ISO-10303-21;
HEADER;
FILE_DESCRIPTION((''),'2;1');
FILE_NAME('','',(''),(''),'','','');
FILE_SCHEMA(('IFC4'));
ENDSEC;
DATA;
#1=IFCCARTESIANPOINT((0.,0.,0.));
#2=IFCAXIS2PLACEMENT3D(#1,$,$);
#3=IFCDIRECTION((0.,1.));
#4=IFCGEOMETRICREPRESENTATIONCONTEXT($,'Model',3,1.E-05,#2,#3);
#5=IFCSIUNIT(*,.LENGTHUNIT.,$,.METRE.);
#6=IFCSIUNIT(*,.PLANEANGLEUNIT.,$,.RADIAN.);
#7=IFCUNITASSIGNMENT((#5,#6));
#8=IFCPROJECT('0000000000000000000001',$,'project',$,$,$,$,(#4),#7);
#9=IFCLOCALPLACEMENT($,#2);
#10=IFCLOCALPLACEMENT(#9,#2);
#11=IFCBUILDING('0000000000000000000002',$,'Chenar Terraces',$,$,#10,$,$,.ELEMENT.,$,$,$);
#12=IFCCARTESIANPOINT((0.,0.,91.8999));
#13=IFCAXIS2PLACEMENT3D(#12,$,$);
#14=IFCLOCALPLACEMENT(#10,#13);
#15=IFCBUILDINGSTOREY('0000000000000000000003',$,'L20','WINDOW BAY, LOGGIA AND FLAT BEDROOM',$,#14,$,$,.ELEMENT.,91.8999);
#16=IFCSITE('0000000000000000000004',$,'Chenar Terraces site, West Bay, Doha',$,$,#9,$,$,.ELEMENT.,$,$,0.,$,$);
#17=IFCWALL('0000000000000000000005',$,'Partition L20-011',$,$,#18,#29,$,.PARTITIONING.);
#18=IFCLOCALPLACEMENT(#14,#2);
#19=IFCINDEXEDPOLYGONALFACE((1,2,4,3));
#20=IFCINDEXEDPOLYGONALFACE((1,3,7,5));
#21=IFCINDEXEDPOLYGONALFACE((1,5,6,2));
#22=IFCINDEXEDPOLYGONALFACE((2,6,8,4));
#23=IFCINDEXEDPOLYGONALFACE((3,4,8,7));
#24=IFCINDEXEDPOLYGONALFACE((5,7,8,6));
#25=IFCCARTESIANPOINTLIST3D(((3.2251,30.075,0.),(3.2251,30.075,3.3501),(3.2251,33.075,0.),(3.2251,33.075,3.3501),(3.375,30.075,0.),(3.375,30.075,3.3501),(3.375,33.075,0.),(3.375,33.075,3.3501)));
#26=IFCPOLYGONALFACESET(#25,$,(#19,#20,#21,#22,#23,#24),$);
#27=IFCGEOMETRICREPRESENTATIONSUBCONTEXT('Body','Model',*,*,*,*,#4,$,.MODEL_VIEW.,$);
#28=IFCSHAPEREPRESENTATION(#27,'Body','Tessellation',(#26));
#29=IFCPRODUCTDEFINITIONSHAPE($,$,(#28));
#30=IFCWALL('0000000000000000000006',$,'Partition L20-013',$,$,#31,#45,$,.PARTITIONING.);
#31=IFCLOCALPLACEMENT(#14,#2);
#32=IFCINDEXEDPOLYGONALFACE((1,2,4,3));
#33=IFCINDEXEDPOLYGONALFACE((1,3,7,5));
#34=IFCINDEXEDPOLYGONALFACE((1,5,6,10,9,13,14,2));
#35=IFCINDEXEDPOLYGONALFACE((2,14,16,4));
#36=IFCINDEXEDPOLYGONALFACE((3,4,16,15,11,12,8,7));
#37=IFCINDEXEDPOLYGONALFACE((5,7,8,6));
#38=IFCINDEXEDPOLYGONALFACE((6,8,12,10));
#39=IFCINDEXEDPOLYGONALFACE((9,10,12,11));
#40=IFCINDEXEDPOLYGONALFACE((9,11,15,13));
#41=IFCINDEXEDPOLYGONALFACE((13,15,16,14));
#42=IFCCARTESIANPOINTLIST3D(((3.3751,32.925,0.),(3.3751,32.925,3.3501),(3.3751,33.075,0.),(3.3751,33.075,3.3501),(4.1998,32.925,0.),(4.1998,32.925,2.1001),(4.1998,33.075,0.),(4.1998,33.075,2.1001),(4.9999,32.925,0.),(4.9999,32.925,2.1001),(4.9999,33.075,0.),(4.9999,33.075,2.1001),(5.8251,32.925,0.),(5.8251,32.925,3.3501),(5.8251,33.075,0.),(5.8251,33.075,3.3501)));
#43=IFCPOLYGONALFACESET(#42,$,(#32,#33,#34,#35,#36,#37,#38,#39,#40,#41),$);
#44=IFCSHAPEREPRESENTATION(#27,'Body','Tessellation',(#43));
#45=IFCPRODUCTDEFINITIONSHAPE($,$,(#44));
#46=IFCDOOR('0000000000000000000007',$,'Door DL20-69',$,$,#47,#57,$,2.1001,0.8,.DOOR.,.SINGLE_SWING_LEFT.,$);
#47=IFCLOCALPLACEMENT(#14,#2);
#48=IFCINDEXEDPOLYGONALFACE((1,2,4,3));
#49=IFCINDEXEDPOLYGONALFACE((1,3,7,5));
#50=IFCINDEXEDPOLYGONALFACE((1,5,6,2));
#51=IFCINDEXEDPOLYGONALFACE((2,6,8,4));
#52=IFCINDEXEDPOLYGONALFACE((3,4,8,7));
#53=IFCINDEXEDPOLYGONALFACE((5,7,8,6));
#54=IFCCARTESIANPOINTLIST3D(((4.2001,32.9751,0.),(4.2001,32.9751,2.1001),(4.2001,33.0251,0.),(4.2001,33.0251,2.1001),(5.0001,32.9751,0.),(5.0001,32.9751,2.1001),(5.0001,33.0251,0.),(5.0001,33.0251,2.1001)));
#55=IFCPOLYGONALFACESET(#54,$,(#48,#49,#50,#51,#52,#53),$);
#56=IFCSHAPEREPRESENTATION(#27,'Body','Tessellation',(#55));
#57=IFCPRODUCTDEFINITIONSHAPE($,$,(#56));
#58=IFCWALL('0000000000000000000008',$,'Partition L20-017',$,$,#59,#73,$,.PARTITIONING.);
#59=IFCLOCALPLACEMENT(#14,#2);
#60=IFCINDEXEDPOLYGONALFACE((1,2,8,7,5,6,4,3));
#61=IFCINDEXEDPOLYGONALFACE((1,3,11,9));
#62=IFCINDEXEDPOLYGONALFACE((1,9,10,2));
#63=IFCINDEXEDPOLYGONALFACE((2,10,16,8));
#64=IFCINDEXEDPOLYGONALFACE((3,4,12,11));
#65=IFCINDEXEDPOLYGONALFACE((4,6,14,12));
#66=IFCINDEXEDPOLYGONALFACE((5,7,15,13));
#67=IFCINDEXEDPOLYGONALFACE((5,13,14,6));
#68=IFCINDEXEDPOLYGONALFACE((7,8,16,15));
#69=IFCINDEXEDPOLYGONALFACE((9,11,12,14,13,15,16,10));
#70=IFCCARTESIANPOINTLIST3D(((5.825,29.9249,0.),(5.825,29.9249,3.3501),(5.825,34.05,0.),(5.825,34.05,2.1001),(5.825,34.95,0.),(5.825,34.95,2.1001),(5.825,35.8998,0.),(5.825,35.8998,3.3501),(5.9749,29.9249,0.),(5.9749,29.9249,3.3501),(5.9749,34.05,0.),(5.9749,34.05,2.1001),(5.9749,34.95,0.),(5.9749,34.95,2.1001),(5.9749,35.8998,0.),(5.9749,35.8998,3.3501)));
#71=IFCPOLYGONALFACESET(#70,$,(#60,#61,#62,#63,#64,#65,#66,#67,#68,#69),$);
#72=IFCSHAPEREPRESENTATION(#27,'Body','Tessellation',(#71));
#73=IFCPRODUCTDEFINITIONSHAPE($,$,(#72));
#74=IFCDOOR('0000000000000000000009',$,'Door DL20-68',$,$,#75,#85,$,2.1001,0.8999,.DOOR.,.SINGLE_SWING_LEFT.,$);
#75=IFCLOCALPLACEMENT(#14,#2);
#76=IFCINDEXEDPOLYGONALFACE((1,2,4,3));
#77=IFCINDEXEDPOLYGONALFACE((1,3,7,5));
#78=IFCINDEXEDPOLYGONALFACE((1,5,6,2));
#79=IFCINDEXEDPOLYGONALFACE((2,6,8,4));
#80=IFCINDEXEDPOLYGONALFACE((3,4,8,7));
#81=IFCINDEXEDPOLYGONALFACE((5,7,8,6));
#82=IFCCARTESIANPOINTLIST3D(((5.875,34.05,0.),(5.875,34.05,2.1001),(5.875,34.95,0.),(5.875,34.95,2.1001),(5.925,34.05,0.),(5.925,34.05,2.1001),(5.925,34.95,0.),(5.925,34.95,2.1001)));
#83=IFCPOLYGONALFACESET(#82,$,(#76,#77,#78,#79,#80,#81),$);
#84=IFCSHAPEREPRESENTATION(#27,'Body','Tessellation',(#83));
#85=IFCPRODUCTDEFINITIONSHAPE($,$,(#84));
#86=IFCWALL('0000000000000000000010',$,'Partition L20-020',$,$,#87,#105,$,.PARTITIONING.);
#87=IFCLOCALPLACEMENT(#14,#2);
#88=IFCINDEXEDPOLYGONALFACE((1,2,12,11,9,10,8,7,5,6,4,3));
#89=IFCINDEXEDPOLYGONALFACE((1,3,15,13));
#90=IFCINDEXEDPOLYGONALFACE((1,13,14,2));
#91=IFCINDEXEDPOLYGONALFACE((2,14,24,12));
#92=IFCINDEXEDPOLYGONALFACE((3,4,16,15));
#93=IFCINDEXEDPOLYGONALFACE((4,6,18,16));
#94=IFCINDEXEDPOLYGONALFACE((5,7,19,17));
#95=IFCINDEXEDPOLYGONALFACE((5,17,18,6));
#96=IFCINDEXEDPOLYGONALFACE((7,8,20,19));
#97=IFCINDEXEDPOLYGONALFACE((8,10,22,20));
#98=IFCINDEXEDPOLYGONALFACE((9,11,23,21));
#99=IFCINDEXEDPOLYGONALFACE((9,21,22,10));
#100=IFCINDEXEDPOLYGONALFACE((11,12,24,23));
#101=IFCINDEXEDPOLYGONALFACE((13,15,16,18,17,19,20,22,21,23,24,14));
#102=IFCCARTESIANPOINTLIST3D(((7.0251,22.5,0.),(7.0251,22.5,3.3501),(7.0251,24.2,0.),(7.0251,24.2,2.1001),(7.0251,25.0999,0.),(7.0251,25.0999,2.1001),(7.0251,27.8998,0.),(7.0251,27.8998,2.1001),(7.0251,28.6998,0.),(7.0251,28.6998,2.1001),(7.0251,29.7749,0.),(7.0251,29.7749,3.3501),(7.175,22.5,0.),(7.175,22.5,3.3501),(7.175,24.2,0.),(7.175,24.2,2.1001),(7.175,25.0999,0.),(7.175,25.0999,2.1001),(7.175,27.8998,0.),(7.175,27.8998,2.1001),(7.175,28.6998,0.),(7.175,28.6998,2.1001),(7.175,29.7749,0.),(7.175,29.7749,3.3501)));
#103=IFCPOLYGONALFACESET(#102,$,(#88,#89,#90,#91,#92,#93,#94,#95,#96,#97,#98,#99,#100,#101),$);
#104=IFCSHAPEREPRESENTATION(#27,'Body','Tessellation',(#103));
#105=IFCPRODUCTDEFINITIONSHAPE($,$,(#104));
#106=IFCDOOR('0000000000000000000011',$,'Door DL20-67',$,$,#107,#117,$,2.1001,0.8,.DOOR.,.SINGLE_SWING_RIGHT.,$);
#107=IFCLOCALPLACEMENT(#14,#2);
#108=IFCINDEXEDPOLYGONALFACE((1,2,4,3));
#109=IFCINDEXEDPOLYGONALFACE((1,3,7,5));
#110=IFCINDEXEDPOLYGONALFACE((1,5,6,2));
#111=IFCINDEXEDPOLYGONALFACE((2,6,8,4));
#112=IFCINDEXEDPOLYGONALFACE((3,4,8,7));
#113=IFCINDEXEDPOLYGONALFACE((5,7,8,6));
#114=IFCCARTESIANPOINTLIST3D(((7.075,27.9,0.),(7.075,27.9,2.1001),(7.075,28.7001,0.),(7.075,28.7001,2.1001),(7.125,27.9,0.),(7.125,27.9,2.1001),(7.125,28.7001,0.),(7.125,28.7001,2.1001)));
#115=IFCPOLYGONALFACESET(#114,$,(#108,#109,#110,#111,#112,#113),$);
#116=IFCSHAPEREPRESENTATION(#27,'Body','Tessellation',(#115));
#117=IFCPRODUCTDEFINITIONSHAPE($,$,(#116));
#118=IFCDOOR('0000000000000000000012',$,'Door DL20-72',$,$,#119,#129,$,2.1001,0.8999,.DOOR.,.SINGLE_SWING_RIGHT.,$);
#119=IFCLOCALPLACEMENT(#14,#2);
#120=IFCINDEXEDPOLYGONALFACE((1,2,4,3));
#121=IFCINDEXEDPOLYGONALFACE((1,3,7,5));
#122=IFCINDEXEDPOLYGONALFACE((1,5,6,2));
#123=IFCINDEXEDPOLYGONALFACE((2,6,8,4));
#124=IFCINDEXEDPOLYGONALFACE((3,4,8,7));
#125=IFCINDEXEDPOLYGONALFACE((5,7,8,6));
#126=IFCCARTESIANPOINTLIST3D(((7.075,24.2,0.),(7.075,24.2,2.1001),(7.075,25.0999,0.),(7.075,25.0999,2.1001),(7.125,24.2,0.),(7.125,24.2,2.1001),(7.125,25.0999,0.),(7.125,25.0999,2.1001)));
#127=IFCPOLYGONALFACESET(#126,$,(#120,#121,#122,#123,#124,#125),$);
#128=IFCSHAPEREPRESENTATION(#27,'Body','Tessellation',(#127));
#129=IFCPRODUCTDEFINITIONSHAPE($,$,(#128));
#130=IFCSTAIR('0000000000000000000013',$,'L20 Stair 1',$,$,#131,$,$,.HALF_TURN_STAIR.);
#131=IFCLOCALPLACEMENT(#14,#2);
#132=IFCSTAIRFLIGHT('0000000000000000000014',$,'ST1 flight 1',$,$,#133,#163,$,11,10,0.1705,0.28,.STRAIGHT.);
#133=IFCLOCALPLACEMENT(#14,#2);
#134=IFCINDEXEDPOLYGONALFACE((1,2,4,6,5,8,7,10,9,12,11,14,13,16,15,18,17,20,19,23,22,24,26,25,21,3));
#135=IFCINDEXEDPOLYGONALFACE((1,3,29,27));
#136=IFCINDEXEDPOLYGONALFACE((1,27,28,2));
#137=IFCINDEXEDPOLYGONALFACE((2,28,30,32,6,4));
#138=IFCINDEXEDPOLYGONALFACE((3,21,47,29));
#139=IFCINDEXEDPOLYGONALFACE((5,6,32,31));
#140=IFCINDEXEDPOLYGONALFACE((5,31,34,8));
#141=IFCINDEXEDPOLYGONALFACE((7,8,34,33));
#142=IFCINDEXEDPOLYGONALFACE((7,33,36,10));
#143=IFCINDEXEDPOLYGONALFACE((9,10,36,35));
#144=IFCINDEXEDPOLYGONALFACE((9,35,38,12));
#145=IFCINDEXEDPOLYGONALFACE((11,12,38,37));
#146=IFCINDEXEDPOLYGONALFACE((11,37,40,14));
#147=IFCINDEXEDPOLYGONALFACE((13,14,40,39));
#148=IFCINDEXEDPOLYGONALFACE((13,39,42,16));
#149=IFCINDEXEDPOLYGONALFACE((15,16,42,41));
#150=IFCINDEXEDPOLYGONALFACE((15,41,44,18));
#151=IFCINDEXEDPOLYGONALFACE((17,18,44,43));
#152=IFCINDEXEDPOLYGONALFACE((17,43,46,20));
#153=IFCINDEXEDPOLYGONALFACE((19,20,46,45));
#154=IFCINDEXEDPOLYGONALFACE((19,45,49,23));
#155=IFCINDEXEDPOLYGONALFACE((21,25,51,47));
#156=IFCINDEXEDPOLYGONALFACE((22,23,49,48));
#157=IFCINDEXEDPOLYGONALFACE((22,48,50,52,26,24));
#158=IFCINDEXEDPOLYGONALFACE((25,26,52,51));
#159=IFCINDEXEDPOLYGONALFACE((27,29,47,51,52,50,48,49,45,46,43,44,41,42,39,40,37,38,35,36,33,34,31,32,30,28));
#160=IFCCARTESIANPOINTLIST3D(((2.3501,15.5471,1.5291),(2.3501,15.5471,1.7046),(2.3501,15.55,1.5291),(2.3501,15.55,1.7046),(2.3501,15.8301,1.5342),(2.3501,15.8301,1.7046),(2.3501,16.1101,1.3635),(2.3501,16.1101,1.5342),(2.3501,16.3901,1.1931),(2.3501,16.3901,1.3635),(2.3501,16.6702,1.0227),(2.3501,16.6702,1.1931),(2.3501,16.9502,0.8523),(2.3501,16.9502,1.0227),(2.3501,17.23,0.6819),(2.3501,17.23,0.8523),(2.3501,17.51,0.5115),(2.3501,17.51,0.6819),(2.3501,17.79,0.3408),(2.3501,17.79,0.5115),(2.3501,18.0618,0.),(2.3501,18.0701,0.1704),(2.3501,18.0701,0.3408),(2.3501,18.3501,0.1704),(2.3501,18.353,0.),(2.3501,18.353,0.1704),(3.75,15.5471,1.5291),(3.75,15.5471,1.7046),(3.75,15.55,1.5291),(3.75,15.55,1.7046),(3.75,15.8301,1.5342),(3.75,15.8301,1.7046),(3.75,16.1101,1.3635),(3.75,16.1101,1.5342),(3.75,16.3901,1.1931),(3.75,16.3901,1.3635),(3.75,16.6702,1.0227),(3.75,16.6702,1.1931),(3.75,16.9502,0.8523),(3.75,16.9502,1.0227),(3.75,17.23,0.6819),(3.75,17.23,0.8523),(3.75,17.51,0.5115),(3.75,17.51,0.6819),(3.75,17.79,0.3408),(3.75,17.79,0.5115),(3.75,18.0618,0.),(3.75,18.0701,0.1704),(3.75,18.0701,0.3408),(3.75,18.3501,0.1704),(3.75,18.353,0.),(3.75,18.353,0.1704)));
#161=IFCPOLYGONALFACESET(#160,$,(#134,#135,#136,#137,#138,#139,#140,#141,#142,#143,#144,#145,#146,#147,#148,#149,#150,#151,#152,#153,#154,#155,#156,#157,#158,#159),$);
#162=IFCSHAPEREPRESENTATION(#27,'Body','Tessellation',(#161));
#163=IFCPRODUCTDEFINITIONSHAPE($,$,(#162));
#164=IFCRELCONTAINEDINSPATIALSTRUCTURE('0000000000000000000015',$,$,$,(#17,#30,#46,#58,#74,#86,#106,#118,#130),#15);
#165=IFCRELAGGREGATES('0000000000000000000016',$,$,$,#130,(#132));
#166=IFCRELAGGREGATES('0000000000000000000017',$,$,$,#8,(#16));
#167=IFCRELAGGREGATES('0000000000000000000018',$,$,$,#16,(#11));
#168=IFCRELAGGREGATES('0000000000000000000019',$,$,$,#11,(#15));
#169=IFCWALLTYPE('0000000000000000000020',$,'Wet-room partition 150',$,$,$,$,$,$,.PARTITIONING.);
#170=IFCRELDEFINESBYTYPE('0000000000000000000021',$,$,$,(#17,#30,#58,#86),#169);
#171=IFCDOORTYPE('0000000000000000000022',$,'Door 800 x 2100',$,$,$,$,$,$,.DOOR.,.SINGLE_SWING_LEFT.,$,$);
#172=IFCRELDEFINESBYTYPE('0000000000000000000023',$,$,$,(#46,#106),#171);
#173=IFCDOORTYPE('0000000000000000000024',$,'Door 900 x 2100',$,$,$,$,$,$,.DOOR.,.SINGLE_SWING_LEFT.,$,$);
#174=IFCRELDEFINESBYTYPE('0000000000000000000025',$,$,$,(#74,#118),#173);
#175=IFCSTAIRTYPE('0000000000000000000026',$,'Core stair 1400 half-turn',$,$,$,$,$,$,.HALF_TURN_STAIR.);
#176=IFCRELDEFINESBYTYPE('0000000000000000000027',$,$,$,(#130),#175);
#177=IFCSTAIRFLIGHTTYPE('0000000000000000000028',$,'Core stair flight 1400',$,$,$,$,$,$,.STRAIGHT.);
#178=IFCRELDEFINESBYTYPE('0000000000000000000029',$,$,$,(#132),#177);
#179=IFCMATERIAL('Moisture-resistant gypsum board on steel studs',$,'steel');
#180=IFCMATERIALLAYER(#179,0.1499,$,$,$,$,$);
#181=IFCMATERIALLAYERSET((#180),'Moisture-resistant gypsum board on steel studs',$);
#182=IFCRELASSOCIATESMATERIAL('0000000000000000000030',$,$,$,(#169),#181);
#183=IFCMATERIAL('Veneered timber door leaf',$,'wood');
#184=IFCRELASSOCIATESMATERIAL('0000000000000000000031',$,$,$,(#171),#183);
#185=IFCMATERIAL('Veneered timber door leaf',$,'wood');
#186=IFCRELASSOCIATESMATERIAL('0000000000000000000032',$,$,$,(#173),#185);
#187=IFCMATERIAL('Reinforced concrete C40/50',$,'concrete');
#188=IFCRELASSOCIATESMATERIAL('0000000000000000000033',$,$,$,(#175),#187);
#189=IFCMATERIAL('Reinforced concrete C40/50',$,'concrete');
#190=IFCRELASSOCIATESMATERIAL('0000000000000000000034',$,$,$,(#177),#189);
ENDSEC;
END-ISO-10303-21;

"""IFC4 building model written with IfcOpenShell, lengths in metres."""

from ifc_helpers import new_model, si_unit, direction, frame, frame_2d, origin, place, context, subcontext, project, spatial, polyline, rectangle, outline, extrude, material, layer, layer_set, type_object, element, fill, aggregate, save


model = new_model("IFC4")

# Units and contexts
model_context = context("Model", 3, precision=1e-05, world=origin(), true_north=direction((0.0, 1.0)))
body_context = subcontext(model_context, "Body", "Model", "MODEL_VIEW")
ifc_project = project(units=[si_unit("LENGTHUNIT", "METRE"), si_unit("PLANEANGLEUNIT", "RADIAN")], contexts=[model_context])

# Site, building, storey
site_placement = place(None, origin())
site = spatial("IfcSite", under=ifc_project, at=site_placement, Name="Chenar Terraces site, West Bay, Doha", CompositionType="ELEMENT", RefElevation=0.0)
building_placement = place(site_placement, origin())
building = spatial("IfcBuilding", under=site, at=building_placement, Name="Chenar Terraces", CompositionType="ELEMENT")
storey_placement = place(building_placement, frame((0.0, 0.0, 91.8999)))
storey = spatial("IfcBuildingStorey", under=building, at=storey_placement, Name="L20", Description="WINDOW BAY, LOGGIA AND FLAT BEDROOM", CompositionType="ELEMENT", Elevation=91.8999)

# Wall
ifc_material_1 = material(Name="Moisture-resistant gypsum board on steel studs", Category="steel")
ifc_layer_1 = layer(ifc_material_1, 0.1499)
ifc_layer_set_1 = layer_set([ifc_layer_1], Name="Moisture-resistant gypsum board on steel studs")
wall_type_1 = type_object("IfcWallType", Name="Wet-room partition 150", PredefinedType="PARTITIONING", material=ifc_layer_set_1)
wall_1_placement = place(storey_placement, frame((3.3, 30.075, 0.0), z_axis=(0.0, 0.0, 1.0), x_axis=(0.0, 1.0, 0.0)))
element("IfcWall", 1, at=wall_1_placement, inside=storey, type_object=wall_type_1, Name="Partition L20-011", PredefinedType="PARTITIONING", context=body_context, shape_type="SweptSolid", body=[
    extrude(rectangle(XDim=3.0, YDim=0.1499, at=frame_2d((1.5, 0.0))), origin(), (0.0, 0.0, 1.0), 3.3501),
])

# Walls, openings, doors
wall_2_placement = place(storey_placement, frame((3.375, 33.0, 0.0), z_axis=(0.0, 0.0, 1.0), x_axis=(1.0, 0.0, 0.0)))
wall_2 = element("IfcWall", 2, at=wall_2_placement, inside=storey, type_object=wall_type_1, Name="Partition L20-013", PredefinedType="PARTITIONING", context=body_context, shape_type="SweptSolid", body=[
    extrude(rectangle(XDim=2.45, YDim=0.1499, at=frame_2d((1.2251, 0.0))), origin(), (0.0, 0.0, 1.0), 3.3501),
])
opening_1_placement = place(wall_2_placement, frame((0.825, 0.0, 0.0)))
opening_1 = element("IfcOpeningElement", 3, at=opening_1_placement, cuts=wall_2, PredefinedType="OPENING", context=body_context, shape_type="SweptSolid", body=[
    extrude(rectangle(XDim=0.8, YDim=2.1001, at=frame_2d((0.3999, 1.05))), frame((0.0, 0.085, 0.0), z_axis=(0.0, -1.0, 0.0), x_axis=(1.0, 0.0, 0.0)), (0.0, 0.0, 1.0), 0.1699),
])
ifc_material_2 = material(Name="Veneered timber door leaf", Category="wood")
door_type_1 = type_object("IfcDoorType", Name="Door 800 x 2100", OperationType="SINGLE_SWING_LEFT", PredefinedType="DOOR", material=ifc_material_2)
door_1_placement = place(opening_1_placement, frame((0.8, 0.0, 0.0), z_axis=(0.0, 0.0, 1.0), x_axis=(-1.0, 0.0, 0.0)))
door_1 = element("IfcDoor", 4, at=door_1_placement, inside=storey, type_object=door_type_1, Name="Door DL20-69", OperationType="SINGLE_SWING_LEFT", OverallHeight=2.1001, OverallWidth=0.8, PredefinedType="DOOR", context=body_context, shape_type="SweptSolid", body=[
    extrude(rectangle(XDim=0.8, YDim=2.1001, at=frame_2d((0.3999, 1.05))), frame((0.0, 0.0249, 0.0), z_axis=(0.0, -1.0, 0.0), x_axis=(1.0, 0.0, 0.0)), (0.0, 0.0, 1.0), 0.05),
])
fill(opening_1, door_1)
wall_3_placement = place(storey_placement, frame((5.8999, 29.925, 0.0), z_axis=(0.0, 0.0, 1.0), x_axis=(0.0, 1.0, 0.0)))
wall_3 = element("IfcWall", 5, at=wall_3_placement, inside=storey, type_object=wall_type_1, Name="Partition L20-017", PredefinedType="PARTITIONING", context=body_context, shape_type="SweptSolid", body=[
    extrude(rectangle(XDim=5.9749, YDim=0.1499, at=frame_2d((2.9873, 0.0))), origin(), (0.0, 0.0, 1.0), 3.3501),
])
opening_2_placement = place(wall_3_placement, frame((4.125, 0.0, 0.0)))
opening_2 = element("IfcOpeningElement", 6, at=opening_2_placement, cuts=wall_3, PredefinedType="OPENING", context=body_context, shape_type="SweptSolid", body=[
    extrude(rectangle(XDim=0.8999, YDim=2.1001, at=frame_2d((0.45, 1.05))), frame((0.0, 0.085, 0.0), z_axis=(0.0, -1.0, 0.0), x_axis=(1.0, 0.0, 0.0)), (0.0, 0.0, 1.0), 0.1699),
])
ifc_material_3 = material(Name="Veneered timber door leaf", Category="wood")
door_type_2 = type_object("IfcDoorType", Name="Door 900 x 2100", OperationType="SINGLE_SWING_LEFT", PredefinedType="DOOR", material=ifc_material_3)
door_2_placement = place(opening_2_placement, origin())
door_2 = element("IfcDoor", 7, at=door_2_placement, inside=storey, type_object=door_type_2, Name="Door DL20-68", OperationType="SINGLE_SWING_LEFT", OverallHeight=2.1001, OverallWidth=0.8999, PredefinedType="DOOR", context=body_context, shape_type="SweptSolid", body=[
    extrude(rectangle(XDim=0.8999, YDim=2.1001, at=frame_2d((0.45, 1.05))), frame((0.0, 0.0249, 0.0), z_axis=(0.0, -1.0, 0.0), x_axis=(1.0, 0.0, 0.0)), (0.0, 0.0, 1.0), 0.05),
])
fill(opening_2, door_2)

# Wall, openings, doors
wall_4_placement = place(storey_placement, frame((7.1001, 22.5, 0.0), z_axis=(0.0, 0.0, 1.0), x_axis=(0.0, 1.0, 0.0)))
wall_4 = element("IfcWall", 8, at=wall_4_placement, inside=storey, type_object=wall_type_1, Name="Partition L20-020", PredefinedType="PARTITIONING", context=body_context, shape_type="SweptSolid", body=[
    extrude(rectangle(XDim=7.2749, YDim=0.1499, at=frame_2d((3.6375, 0.0))), origin(), (0.0, 0.0, 1.0), 3.3501),
])
opening_3_placement = place(wall_4_placement, frame((5.3999, 0.0, 0.0)))
opening_3 = element("IfcOpeningElement", 9, at=opening_3_placement, cuts=wall_4, PredefinedType="OPENING", context=body_context, shape_type="SweptSolid", body=[
    extrude(rectangle(XDim=0.8, YDim=2.1001, at=frame_2d((0.3999, 1.05))), frame((0.0, 0.085, 0.0), z_axis=(0.0, -1.0, 0.0), x_axis=(1.0, 0.0, 0.0)), (0.0, 0.0, 1.0), 0.1699),
])
opening_4_placement = place(wall_4_placement, frame((1.7, 0.0, 0.0)))
opening_4 = element("IfcOpeningElement", 10, at=opening_4_placement, cuts=wall_4, PredefinedType="OPENING", context=body_context, shape_type="SweptSolid", body=[
    extrude(rectangle(XDim=0.8999, YDim=2.1001, at=frame_2d((0.45, 1.05))), frame((0.0, 0.085, 0.0), z_axis=(0.0, -1.0, 0.0), x_axis=(1.0, 0.0, 0.0)), (0.0, 0.0, 1.0), 0.1699),
])
door_3_placement = place(opening_3_placement, frame((0.8, 0.0, 0.0), z_axis=(0.0, 0.0, 1.0), x_axis=(-1.0, 0.0, 0.0)))
door_3 = element("IfcDoor", 11, at=door_3_placement, inside=storey, type_object=door_type_1, Name="Door DL20-67", OperationType="SINGLE_SWING_RIGHT", OverallHeight=2.1001, OverallWidth=0.8, PredefinedType="DOOR", context=body_context, shape_type="SweptSolid", body=[
    extrude(rectangle(XDim=0.8, YDim=2.1001, at=frame_2d((0.3999, 1.05))), frame((0.0, 0.0249, 0.0), z_axis=(0.0, -1.0, 0.0), x_axis=(1.0, 0.0, 0.0)), (0.0, 0.0, 1.0), 0.05),
])
fill(opening_3, door_3)
door_4_placement = place(opening_4_placement, frame((0.8999, 0.0, 0.0), z_axis=(0.0, 0.0, 1.0), x_axis=(-1.0, 0.0, 0.0)))
door_4 = element("IfcDoor", 12, at=door_4_placement, inside=storey, type_object=door_type_2, Name="Door DL20-72", OperationType="SINGLE_SWING_RIGHT", OverallHeight=2.1001, OverallWidth=0.8999, PredefinedType="DOOR", context=body_context, shape_type="SweptSolid", body=[
    extrude(rectangle(XDim=0.8999, YDim=2.1001, at=frame_2d((0.45, 1.05))), frame((0.0, 0.0249, 0.0), z_axis=(0.0, -1.0, 0.0), x_axis=(1.0, 0.0, 0.0)), (0.0, 0.0, 1.0), 0.05),
])
fill(opening_4, door_4)

# Stair, stair flight
ifc_material_4 = material(Name="Reinforced concrete C40/50", Category="concrete")
stair_type = type_object("IfcStairType", Name="Core stair 1400 half-turn", PredefinedType="HALF_TURN_STAIR", material=ifc_material_4)
stair_placement = place(storey_placement, origin())
stair = element("IfcStair", 13, at=stair_placement, inside=storey, type_object=stair_type, Name="L20 Stair 1", PredefinedType="HALF_TURN_STAIR")
ifc_material_5 = material(Name="Reinforced concrete C40/50", Category="concrete")
stair_flight_type = type_object("IfcStairFlightType", Name="Core stair flight 1400", PredefinedType="STRAIGHT", material=ifc_material_5)
stair_flight_1_placement = place(storey_placement, frame((3.05, 18.3501, 0.0), z_axis=(0.0, 0.0, 1.0), x_axis=(0.0, -1.0, 0.0)))
stair_flight_1 = element("IfcStairFlight", 14, at=stair_flight_1_placement, type_object=stair_flight_type, Name="ST1 flight 1", NumberOfRisers=11, NumberOfTreads=10, PredefinedType="STRAIGHT", RiserHeight=0.1705, TreadLength=0.28, context=body_context, shape_type="SweptSolid", body=[
    extrude(outline(polyline([(-0.0029, 0.0), (-0.0029, 0.1704), (0.0, 0.1704), (0.28, 0.1704), (0.28, 0.3408), (0.5601, 0.3408), (0.5601, 0.5115), (0.8401, 0.5115), (0.8401, 0.6819), (1.1201, 0.6819), (1.1201, 0.8523), (1.3999, 0.8523), (1.3999, 1.0227), (1.6799, 1.0227), (1.6799, 1.1931), (1.96, 1.1931), (1.96, 1.3635), (2.24, 1.3635), (2.24, 1.5342), (2.52, 1.5342), (2.52, 1.7046), (2.8, 1.7046), (2.803, 1.7046), (2.803, 1.5291), (2.8, 1.5291), (0.2883, 0.0), (-0.0029, 0.0)])), frame((0.0, 0.7, 0.0), z_axis=(0.0, -1.0, 0.0), x_axis=(1.0, 0.0, 0.0)), (0.0, 0.0, 1.0), 1.3999),
])
aggregate(stair, [stair_flight_1])

save(model, "model.ifc")
